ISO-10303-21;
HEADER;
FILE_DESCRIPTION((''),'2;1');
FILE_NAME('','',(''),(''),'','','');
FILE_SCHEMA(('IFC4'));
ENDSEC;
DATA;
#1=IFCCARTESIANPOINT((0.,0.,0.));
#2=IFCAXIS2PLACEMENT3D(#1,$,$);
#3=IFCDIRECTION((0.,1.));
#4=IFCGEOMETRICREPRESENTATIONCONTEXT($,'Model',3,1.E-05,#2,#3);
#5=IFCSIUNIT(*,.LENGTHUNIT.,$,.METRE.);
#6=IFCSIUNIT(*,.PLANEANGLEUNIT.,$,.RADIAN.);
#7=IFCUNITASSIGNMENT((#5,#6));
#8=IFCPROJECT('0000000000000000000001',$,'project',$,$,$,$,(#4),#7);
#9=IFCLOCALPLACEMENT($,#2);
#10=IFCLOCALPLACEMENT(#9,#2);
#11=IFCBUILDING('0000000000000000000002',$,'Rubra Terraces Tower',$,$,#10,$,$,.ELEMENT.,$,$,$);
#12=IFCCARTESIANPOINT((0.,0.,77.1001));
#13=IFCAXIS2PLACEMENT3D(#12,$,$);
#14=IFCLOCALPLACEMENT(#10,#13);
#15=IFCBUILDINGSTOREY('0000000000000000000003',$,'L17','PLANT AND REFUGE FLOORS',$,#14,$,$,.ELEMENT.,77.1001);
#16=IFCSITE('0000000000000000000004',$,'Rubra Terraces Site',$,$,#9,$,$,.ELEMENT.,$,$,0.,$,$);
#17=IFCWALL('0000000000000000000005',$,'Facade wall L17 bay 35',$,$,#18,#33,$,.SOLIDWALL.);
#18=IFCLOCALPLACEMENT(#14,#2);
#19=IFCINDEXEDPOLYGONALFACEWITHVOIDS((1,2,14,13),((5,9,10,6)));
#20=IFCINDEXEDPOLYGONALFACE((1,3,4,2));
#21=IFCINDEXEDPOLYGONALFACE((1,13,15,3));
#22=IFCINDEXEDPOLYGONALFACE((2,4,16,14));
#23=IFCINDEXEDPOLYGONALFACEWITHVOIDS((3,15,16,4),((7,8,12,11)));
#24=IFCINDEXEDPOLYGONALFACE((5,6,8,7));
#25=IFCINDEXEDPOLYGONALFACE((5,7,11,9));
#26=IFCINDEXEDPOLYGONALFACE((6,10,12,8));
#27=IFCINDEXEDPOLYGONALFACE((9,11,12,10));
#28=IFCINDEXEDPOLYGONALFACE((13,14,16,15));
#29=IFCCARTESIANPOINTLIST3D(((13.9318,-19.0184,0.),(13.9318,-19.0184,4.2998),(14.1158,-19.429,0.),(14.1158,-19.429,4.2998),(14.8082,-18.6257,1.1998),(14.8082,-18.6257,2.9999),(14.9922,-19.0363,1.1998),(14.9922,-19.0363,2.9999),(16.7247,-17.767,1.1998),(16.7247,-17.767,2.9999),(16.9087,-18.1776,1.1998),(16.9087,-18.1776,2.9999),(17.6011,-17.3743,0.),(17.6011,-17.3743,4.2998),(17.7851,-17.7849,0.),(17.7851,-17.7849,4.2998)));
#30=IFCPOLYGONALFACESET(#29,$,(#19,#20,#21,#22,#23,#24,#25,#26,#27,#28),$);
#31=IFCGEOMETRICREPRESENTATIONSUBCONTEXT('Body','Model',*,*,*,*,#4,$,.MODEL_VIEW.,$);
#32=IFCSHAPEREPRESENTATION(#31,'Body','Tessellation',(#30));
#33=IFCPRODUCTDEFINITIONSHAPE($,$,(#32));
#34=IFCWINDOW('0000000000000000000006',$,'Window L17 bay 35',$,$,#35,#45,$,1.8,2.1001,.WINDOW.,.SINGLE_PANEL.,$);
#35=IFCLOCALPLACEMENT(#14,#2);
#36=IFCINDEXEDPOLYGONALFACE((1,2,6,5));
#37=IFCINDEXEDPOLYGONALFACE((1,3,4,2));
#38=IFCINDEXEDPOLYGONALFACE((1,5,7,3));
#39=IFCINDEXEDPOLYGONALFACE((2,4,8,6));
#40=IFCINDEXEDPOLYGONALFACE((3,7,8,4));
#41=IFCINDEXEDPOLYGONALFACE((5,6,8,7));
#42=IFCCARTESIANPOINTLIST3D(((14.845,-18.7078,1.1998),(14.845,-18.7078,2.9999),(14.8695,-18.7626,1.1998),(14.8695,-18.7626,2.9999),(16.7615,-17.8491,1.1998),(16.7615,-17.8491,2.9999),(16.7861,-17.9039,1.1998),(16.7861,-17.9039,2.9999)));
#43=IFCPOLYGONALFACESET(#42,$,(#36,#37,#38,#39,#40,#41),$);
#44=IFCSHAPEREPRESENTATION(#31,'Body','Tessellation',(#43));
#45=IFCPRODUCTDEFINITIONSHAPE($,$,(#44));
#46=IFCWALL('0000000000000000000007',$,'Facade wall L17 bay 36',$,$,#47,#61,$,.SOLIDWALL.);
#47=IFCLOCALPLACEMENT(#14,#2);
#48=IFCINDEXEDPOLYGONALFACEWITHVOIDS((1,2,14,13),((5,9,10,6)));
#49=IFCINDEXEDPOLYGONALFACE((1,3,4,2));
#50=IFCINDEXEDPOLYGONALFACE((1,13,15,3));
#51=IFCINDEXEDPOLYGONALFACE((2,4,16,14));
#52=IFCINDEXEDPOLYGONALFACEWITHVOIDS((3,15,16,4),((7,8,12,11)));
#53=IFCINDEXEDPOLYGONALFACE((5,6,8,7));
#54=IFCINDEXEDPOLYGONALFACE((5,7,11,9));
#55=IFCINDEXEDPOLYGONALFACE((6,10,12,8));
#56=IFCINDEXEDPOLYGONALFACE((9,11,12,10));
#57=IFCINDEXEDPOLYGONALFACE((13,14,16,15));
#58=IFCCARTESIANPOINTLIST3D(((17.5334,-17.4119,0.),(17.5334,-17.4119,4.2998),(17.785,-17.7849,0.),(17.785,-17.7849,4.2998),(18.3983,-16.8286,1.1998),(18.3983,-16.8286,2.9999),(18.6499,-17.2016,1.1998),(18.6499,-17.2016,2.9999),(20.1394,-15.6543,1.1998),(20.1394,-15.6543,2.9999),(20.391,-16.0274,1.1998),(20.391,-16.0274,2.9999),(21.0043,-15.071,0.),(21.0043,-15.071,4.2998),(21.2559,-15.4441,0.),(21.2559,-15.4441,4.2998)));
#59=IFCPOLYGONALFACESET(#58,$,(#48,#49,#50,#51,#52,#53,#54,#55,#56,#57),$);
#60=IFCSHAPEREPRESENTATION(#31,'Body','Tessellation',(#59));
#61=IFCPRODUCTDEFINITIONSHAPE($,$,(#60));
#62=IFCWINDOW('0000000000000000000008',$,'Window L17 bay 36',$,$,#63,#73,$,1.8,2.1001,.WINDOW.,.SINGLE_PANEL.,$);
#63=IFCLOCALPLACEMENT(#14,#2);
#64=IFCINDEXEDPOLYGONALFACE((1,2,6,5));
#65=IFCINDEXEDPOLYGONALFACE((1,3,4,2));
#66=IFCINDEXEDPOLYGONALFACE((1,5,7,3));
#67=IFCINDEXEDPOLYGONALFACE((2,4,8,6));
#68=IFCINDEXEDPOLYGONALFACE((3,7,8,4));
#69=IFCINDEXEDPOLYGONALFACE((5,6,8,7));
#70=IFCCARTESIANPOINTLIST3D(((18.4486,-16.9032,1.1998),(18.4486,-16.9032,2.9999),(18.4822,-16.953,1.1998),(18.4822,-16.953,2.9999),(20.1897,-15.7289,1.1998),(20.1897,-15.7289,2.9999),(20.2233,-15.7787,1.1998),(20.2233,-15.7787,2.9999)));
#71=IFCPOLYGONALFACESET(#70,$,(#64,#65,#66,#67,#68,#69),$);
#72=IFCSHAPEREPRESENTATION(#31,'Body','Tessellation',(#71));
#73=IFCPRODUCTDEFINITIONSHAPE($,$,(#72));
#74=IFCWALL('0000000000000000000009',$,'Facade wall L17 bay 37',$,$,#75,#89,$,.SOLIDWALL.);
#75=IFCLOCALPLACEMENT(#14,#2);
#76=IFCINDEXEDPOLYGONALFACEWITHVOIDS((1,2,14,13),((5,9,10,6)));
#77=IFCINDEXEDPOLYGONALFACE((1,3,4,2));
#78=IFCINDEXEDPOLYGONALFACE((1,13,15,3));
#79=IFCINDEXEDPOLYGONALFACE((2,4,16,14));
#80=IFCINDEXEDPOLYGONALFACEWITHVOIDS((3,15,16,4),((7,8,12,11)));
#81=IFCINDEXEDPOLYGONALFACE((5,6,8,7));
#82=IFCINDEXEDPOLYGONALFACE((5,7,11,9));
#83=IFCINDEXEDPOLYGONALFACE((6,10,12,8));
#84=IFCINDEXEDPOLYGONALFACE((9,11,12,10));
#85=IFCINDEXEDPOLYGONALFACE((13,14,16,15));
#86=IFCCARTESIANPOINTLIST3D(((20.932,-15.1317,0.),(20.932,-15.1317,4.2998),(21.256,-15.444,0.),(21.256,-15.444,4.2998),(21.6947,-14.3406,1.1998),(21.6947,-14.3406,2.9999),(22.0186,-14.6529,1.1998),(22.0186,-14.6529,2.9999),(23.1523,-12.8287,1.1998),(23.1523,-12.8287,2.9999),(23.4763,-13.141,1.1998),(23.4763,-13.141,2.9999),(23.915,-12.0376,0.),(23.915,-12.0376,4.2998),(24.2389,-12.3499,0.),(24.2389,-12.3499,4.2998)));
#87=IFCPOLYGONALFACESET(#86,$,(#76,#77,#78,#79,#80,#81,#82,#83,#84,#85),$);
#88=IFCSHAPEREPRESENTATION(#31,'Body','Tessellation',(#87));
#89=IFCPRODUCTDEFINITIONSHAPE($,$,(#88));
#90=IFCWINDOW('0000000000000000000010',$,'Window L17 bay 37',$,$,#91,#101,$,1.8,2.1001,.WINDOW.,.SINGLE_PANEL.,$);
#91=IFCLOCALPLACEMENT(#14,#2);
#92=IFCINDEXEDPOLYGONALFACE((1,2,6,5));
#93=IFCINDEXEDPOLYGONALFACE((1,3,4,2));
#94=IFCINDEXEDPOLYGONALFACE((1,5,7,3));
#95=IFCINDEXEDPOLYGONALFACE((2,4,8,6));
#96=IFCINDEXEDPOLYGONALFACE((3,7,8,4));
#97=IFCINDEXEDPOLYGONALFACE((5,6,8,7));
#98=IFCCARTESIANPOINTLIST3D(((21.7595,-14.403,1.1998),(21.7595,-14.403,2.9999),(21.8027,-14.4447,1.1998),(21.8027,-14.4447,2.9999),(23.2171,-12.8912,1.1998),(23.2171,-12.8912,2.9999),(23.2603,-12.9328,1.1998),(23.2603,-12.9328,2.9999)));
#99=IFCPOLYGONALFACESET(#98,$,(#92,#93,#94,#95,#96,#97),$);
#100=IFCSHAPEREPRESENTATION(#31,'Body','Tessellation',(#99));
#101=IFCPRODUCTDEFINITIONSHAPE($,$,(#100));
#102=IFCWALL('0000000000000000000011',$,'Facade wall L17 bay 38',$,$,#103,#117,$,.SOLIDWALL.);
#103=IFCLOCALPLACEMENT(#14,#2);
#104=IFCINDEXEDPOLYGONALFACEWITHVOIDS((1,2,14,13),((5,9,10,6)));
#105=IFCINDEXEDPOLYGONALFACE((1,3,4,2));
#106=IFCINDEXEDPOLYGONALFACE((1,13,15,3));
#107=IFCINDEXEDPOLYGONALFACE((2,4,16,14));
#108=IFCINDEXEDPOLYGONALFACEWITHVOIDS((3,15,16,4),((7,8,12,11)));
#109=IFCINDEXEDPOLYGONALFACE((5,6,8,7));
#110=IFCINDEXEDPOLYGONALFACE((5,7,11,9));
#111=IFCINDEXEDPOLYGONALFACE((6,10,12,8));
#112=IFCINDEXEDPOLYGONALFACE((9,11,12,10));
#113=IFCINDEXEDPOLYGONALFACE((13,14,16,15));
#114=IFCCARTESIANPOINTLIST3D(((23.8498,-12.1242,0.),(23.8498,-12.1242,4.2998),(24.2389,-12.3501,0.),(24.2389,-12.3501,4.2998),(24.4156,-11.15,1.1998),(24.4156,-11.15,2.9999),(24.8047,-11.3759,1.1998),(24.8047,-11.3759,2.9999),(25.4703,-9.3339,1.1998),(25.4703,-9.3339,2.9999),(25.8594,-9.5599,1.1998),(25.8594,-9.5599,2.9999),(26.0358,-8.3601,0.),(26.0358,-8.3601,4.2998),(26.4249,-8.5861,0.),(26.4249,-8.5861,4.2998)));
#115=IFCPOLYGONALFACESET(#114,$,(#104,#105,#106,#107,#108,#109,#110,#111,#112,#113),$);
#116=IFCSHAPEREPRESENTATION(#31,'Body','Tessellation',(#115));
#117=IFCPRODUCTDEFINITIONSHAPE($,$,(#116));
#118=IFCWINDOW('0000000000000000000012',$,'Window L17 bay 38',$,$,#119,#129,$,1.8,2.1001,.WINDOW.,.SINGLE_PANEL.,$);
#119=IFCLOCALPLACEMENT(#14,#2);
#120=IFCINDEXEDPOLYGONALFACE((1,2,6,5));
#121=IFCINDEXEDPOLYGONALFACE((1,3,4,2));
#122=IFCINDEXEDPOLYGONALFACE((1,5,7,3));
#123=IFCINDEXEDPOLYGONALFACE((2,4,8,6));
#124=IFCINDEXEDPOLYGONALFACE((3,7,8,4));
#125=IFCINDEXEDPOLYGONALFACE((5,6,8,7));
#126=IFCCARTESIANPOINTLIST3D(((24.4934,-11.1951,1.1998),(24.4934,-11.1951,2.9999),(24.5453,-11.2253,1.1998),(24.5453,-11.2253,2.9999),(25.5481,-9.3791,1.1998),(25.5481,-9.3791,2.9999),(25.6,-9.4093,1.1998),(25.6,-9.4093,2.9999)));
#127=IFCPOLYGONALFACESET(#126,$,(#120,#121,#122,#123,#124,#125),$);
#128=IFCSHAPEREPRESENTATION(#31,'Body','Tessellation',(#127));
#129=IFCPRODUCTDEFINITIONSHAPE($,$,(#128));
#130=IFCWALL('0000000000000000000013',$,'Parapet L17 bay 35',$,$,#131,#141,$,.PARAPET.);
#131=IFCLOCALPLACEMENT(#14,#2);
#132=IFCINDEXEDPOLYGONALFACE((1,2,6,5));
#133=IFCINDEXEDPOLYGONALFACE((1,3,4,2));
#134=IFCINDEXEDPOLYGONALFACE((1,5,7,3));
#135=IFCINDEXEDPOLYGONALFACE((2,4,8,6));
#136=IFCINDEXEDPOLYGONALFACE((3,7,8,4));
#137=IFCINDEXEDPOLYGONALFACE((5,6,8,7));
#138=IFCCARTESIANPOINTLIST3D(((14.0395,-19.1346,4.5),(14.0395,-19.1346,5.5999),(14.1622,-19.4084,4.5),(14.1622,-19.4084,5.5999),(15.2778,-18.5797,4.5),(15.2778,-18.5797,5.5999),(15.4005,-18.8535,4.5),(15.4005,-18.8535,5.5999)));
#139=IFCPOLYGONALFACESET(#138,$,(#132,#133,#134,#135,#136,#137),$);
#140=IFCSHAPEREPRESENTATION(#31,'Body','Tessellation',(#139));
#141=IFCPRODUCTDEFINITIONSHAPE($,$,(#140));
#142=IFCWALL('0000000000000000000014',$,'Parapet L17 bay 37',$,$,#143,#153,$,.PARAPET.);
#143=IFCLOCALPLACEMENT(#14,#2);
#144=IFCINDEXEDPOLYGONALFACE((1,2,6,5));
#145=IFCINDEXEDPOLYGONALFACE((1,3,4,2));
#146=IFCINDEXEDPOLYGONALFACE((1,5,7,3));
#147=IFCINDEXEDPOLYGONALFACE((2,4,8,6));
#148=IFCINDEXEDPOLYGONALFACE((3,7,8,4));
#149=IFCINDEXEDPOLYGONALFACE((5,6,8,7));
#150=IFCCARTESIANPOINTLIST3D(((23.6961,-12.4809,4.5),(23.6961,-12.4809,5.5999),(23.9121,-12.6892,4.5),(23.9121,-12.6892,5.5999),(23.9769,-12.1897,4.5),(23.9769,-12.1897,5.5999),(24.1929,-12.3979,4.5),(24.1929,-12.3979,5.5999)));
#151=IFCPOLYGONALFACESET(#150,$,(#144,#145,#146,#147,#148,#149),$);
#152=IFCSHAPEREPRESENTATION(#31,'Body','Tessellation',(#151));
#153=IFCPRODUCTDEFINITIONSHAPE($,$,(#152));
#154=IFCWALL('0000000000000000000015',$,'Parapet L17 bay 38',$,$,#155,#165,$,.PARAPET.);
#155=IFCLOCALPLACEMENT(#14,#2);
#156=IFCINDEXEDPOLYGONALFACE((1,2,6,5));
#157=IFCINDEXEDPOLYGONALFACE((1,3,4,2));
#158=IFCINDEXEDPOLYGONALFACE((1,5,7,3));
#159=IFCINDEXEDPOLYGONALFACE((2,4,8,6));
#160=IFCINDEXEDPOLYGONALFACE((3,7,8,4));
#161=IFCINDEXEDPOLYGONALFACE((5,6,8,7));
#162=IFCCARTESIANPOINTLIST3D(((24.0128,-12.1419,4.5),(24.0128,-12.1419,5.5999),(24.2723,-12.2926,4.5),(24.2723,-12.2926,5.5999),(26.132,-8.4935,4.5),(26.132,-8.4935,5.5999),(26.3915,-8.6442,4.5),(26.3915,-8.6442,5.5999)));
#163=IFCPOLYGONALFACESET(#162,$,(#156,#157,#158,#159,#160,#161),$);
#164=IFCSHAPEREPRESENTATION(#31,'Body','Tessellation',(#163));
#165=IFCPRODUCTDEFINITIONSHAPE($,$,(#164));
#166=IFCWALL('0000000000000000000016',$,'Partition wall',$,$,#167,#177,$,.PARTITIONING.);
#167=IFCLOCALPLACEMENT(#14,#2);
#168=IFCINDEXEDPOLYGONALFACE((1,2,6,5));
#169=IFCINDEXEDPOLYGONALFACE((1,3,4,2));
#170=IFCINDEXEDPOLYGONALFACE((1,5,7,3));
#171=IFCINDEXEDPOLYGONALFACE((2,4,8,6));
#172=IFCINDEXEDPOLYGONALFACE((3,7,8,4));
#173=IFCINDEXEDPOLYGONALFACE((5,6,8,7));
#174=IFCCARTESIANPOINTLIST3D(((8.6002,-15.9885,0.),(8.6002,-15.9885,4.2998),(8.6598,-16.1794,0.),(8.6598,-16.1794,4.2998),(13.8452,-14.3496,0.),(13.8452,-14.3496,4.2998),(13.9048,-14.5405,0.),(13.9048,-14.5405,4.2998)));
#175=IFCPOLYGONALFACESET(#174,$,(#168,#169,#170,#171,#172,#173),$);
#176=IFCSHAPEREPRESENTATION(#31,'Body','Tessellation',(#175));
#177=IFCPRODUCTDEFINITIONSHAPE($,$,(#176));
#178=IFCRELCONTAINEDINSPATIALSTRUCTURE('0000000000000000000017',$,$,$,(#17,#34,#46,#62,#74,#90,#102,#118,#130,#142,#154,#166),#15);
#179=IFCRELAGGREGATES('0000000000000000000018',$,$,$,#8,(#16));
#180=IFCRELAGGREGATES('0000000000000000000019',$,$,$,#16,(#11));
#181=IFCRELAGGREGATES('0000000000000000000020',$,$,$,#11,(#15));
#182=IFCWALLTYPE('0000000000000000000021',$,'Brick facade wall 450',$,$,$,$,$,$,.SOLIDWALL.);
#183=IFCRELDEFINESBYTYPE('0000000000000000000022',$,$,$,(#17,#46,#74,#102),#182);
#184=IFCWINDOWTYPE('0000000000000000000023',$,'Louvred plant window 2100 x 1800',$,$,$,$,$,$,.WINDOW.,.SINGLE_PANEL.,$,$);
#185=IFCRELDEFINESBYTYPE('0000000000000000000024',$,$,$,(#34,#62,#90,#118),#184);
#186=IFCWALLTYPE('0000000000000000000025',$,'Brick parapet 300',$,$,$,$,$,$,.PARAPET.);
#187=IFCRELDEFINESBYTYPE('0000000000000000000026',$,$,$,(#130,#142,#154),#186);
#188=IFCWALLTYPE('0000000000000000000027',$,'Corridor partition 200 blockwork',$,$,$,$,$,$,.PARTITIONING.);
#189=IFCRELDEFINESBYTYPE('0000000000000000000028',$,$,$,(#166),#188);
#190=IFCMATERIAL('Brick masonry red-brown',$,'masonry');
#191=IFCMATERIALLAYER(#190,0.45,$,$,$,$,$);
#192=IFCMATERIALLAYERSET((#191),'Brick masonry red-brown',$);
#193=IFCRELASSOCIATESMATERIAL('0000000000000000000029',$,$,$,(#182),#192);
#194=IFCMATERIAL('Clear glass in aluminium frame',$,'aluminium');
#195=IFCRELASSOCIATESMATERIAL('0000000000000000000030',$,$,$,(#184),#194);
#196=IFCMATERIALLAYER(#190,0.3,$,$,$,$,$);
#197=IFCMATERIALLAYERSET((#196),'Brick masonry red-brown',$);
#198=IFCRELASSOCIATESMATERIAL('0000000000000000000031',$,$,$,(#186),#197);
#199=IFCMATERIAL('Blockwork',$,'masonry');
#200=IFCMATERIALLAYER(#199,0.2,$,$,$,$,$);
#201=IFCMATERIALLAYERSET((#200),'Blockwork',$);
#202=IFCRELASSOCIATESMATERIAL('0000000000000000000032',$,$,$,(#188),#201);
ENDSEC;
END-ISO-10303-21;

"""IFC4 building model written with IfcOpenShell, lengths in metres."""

from ifc_helpers import new_model, si_unit, direction, frame, frame_2d, origin, place, context, subcontext, project, spatial, rectangle, extrude, material, layer, layer_set, type_object, element, fill, save


model = new_model("IFC4")

# Units and contexts
model_context = context("Model", 3, precision=1e-05, world=origin(), true_north=direction((0.0, 1.0)))
body_context = subcontext(model_context, "Body", "Model", "MODEL_VIEW")
ifc_project = project(units=[si_unit("LENGTHUNIT", "METRE"), si_unit("PLANEANGLEUNIT", "RADIAN")], contexts=[model_context])

# Site, building, storey
site_placement = place(None, origin())
site = spatial("IfcSite", under=ifc_project, at=site_placement, Name="Rubra Terraces Site", CompositionType="ELEMENT", RefElevation=0.0)
building_placement = place(site_placement, origin())
building = spatial("IfcBuilding", under=site, at=building_placement, Name="Rubra Terraces Tower", CompositionType="ELEMENT")
storey_placement = place(building_placement, frame((0.0, 0.0, 77.1001)))
storey = spatial("IfcBuildingStorey", under=building, at=storey_placement, Name="L17", Description="PLANT AND REFUGE FLOORS", CompositionType="ELEMENT", Elevation=77.1001)

# Walls, openings, windows
ifc_material_1 = material(Name="Brick masonry red-brown", Category="masonry")
ifc_layer_1 = layer(ifc_material_1, 0.45)
ifc_layer_set_1 = layer_set([ifc_layer_1], Name="Brick masonry red-brown")
wall_type_1 = type_object("IfcWallType", Name="Brick facade wall 450", PredefinedType="SOLIDWALL", material=ifc_layer_set_1)
wall_1_placement = place(storey_placement, frame((14.0239, -19.2236, 0.0), z_axis=(0.0, 0.0, 1.0), x_axis=(0.91258, 0.408897, 0.0)))
wall_1 = element("IfcWall", 1, at=wall_1_placement, inside=storey, type_object=wall_type_1, Name="Facade wall L17 bay 35", PredefinedType="SOLIDWALL", context=body_context, shape_type="SweptSolid", body=[
    extrude(rectangle(XDim=4.0208, YDim=0.45, at=frame_2d((2.0103, 0.0))), origin(), (0.0, 0.0, 1.0), 4.2998),
])
opening_1_placement = place(wall_1_placement, frame((0.9602, 0.0, 1.2)))
opening_1 = element("IfcOpeningElement", 2, at=opening_1_placement, cuts=wall_1, PredefinedType="OPENING", context=body_context, shape_type="SweptSolid", body=[
    extrude(rectangle(XDim=2.1001, YDim=1.8, at=frame_2d((1.05, 0.8999))), frame((0.0, 0.2349, 0.0), z_axis=(0.0, -1.0, 0.0), x_axis=(1.0, 0.0, 0.0)), (0.0, 0.0, 1.0), 0.47),
])
ifc_material_2 = material(Name="Clear glass in aluminium frame", Category="aluminium")
window_type = type_object("IfcWindowType", Name="Louvred plant window 2100 x 1800", PartitioningType="SINGLE_PANEL", PredefinedType="WINDOW", material=ifc_material_2)
window_1_placement = place(opening_1_placement, origin())
window_1 = element("IfcWindow", 3, at=window_1_placement, inside=storey, type_object=window_type, Name="Window L17 bay 35", OverallHeight=1.8, OverallWidth=2.1001, PartitioningType="SINGLE_PANEL", PredefinedType="WINDOW", context=body_context, shape_type="SweptSolid", body=[
    extrude(rectangle(XDim=2.1001, YDim=1.8, at=frame_2d((1.05, 0.8999))), frame((0.0, 0.135, 0.0), z_axis=(0.0, -1.0, 0.0), x_axis=(1.0, 0.0, 0.0)), (0.0, 0.0, 1.0), 0.0601),
])
fill(opening_1, window_1)
wall_2_placement = place(storey_placement, frame((17.6592, -17.5984, 0.0), z_axis=(0.0, 0.0, 1.0), x_axis=(0.829078, 0.559133, 0.0)))
wall_2 = element("IfcWall", 4, at=wall_2_placement, inside=storey, type_object=wall_type_1, Name="Facade wall L17 bay 36", PredefinedType="SOLIDWALL", context=body_context, shape_type="SweptSolid", body=[
    extrude(rectangle(XDim=4.1865, YDim=0.45, at=frame_2d((2.0933, 0.0))), origin(), (0.0, 0.0, 1.0), 4.2998),
])
opening_2_placement = place(wall_2_placement, frame((1.0432, 0.0, 1.2)))
opening_2 = element("IfcOpeningElement", 5, at=opening_2_placement, cuts=wall_2, PredefinedType="OPENING", context=body_context, shape_type="SweptSolid", body=[
    extrude(rectangle(XDim=2.1001, YDim=1.8, at=frame_2d((1.05, 0.8999))), frame((0.0, 0.2349, 0.0), z_axis=(0.0, -1.0, 0.0), x_axis=(1.0, 0.0, 0.0)), (0.0, 0.0, 1.0), 0.47),
])
window_2_placement = place(opening_2_placement, origin())
window_2 = element("IfcWindow", 6, at=window_2_placement, inside=storey, type_object=window_type, Name="Window L17 bay 36", OverallHeight=1.8, OverallWidth=2.1001, PartitioningType="SINGLE_PANEL", PredefinedType="WINDOW", context=body_context, shape_type="SweptSolid", body=[
    extrude(rectangle(XDim=2.1001, YDim=1.8, at=frame_2d((1.05, 0.8999))), frame((0.0, 0.135, 0.0), z_axis=(0.0, -1.0, 0.0), x_axis=(1.0, 0.0, 0.0)), (0.0, 0.0, 1.0), 0.0601),
])
fill(opening_2, window_2)
wall_3_placement = place(storey_placement, frame((21.094, -15.2878, 0.0), z_axis=(0.0, 0.0, 1.0), x_axis=(0.694065, 0.719912, 0.0)))
wall_3 = element("IfcWall", 7, at=wall_3_placement, inside=storey, type_object=wall_type_1, Name="Facade wall L17 bay 37", PredefinedType="SOLIDWALL", context=body_context, shape_type="SweptSolid", body=[
    extrude(rectangle(XDim=4.2979, YDim=0.45, at=frame_2d((2.1489, 0.0))), origin(), (0.0, 0.0, 1.0), 4.2998),
])
opening_3_placement = place(wall_3_placement, frame((1.0989, 0.0, 1.2)))
opening_3 = element("IfcOpeningElement", 8, at=opening_3_placement, cuts=wall_3, PredefinedType="OPENING", context=body_context, shape_type="SweptSolid", body=[
    extrude(rectangle(XDim=2.1001, YDim=1.8, at=frame_2d((1.05, 0.8999))), frame((0.0, 0.2349, 0.0), z_axis=(0.0, -1.0, 0.0), x_axis=(1.0, 0.0, 0.0)), (0.0, 0.0, 1.0), 0.47),
])
window_3_placement = place(opening_3_placement, origin())
window_3 = element("IfcWindow", 9, at=window_3_placement, inside=storey, type_object=window_type, Name="Window L17 bay 37", OverallHeight=1.8, OverallWidth=2.1001, PartitioningType="SINGLE_PANEL", PredefinedType="WINDOW", context=body_context, shape_type="SweptSolid", body=[
    extrude(rectangle(XDim=2.1001, YDim=1.8, at=frame_2d((1.05, 0.8999))), frame((0.0, 0.135, 0.0), z_axis=(0.0, -1.0, 0.0), x_axis=(1.0, 0.0, 0.0)), (0.0, 0.0, 1.0), 0.0601),
])
fill(opening_3, window_3)
wall_4_placement = place(storey_placement, frame((24.0444, -12.2371, 0.0), z_axis=(0.0, 0.0, 1.0), x_axis=(0.502203, 0.86475, 0.0)))
wall_4 = element("IfcWall", 10, at=wall_4_placement, inside=storey, type_object=wall_type_1, Name="Facade wall L17 bay 38", PredefinedType="SOLIDWALL", context=body_context, shape_type="SweptSolid", body=[
    extrude(rectangle(XDim=4.3528, YDim=0.45, at=frame_2d((2.1763, 0.0))), origin(), (0.0, 0.0, 1.0), 4.2998),
])
opening_4_placement = place(wall_4_placement, frame((1.1265, 0.0, 1.2)))
opening_4 = element("IfcOpeningElement", 11, at=opening_4_placement, cuts=wall_4, PredefinedType="OPENING", context=body_context, shape_type="SweptSolid", body=[
    extrude(rectangle(XDim=2.1001, YDim=1.8, at=frame_2d((1.05, 0.8999))), frame((0.0, 0.2349, 0.0), z_axis=(0.0, -1.0, 0.0), x_axis=(1.0, 0.0, 0.0)), (0.0, 0.0, 1.0), 0.47),
])
window_4_placement = place(opening_4_placement, origin())
window_4 = element("IfcWindow", 12, at=window_4_placement, inside=storey, type_object=window_type, Name="Window L17 bay 38", OverallHeight=1.8, OverallWidth=2.1001, PartitioningType="SINGLE_PANEL", PredefinedType="WINDOW", context=body_context, shape_type="SweptSolid", body=[
    extrude(rectangle(XDim=2.1001, YDim=1.8, at=frame_2d((1.05, 0.8999))), frame((0.0, 0.135, 0.0), z_axis=(0.0, -1.0, 0.0), x_axis=(1.0, 0.0, 0.0)), (0.0, 0.0, 1.0), 0.0601),
])
fill(opening_4, window_4)

# Walls
ifc_layer_2 = layer(ifc_material_1, 0.3)
ifc_layer_set_2 = layer_set([ifc_layer_2], Name="Brick masonry red-brown")
wall_type_2 = type_object("IfcWallType", Name="Brick parapet 300", PredefinedType="PARAPET", material=ifc_layer_set_2)
wall_5_placement = place(storey_placement, frame((14.1008, -19.2715, 4.5), z_axis=(0.0, 0.0, 1.0), x_axis=(0.912553, 0.408958, 0.0)))
element("IfcWall", 13, at=wall_5_placement, inside=storey, type_object=wall_type_2, Name="Parapet L17 bay 35", PredefinedType="PARAPET", context=body_context, shape_type="SweptSolid", body=[
    extrude(rectangle(XDim=1.3569, YDim=0.3, at=frame_2d((0.6785, 0.0))), origin(), (0.0, 0.0, 1.0), 1.0999),
])
wall_6_placement = place(storey_placement, frame((23.8042, -12.585, 4.5), z_axis=(0.0, 0.0, 1.0), x_axis=(0.694013, 0.719963, 0.0)))
element("IfcWall", 14, at=wall_6_placement, inside=storey, type_object=wall_type_2, Name="Parapet L17 bay 37", PredefinedType="PARAPET", context=body_context, shape_type="SweptSolid", body=[
    extrude(rectangle(XDim=0.4045, YDim=0.3, at=frame_2d((0.2021, 0.0))), origin(), (0.0, 0.0, 1.0), 1.0999),
])
wall_7_placement = place(storey_placement, frame((24.1426, -12.2173, 4.5), z_axis=(0.0, 0.0, 1.0), x_axis=(0.502258, 0.864718, 0.0)))
element("IfcWall", 15, at=wall_7_placement, inside=storey, type_object=wall_type_2, Name="Parapet L17 bay 38", PredefinedType="PARAPET", context=body_context, shape_type="SweptSolid", body=[
    extrude(rectangle(XDim=4.2192, YDim=0.3, at=frame_2d((2.1096, 0.0))), origin(), (0.0, 0.0, 1.0), 1.0999),
])
ifc_material_3 = material(Name="Blockwork", Category="masonry")
ifc_layer_3 = layer(ifc_material_3, 0.2)
ifc_layer_set_3 = layer_set([ifc_layer_3], Name="Blockwork")
wall_type_3 = type_object("IfcWallType", Name="Corridor partition 200 blockwork", PredefinedType="PARTITIONING", material=ifc_layer_set_3)
wall_8_placement = place(storey_placement, frame((13.875, -14.4451, 0.0), z_axis=(0.0, 0.0, 1.0), x_axis=(-0.954489, -0.298245, 0.0)))
element("IfcWall", 16, at=wall_8_placement, inside=storey, type_object=wall_type_3, Name="Partition wall", PredefinedType="PARTITIONING", context=body_context, shape_type="SweptSolid", body=[
    extrude(rectangle(XDim=5.4951, YDim=0.2, at=frame_2d((2.7476, 0.0))), origin(), (0.0, 0.0, 1.0), 4.2998),
])

save(model, "model.ifc")
